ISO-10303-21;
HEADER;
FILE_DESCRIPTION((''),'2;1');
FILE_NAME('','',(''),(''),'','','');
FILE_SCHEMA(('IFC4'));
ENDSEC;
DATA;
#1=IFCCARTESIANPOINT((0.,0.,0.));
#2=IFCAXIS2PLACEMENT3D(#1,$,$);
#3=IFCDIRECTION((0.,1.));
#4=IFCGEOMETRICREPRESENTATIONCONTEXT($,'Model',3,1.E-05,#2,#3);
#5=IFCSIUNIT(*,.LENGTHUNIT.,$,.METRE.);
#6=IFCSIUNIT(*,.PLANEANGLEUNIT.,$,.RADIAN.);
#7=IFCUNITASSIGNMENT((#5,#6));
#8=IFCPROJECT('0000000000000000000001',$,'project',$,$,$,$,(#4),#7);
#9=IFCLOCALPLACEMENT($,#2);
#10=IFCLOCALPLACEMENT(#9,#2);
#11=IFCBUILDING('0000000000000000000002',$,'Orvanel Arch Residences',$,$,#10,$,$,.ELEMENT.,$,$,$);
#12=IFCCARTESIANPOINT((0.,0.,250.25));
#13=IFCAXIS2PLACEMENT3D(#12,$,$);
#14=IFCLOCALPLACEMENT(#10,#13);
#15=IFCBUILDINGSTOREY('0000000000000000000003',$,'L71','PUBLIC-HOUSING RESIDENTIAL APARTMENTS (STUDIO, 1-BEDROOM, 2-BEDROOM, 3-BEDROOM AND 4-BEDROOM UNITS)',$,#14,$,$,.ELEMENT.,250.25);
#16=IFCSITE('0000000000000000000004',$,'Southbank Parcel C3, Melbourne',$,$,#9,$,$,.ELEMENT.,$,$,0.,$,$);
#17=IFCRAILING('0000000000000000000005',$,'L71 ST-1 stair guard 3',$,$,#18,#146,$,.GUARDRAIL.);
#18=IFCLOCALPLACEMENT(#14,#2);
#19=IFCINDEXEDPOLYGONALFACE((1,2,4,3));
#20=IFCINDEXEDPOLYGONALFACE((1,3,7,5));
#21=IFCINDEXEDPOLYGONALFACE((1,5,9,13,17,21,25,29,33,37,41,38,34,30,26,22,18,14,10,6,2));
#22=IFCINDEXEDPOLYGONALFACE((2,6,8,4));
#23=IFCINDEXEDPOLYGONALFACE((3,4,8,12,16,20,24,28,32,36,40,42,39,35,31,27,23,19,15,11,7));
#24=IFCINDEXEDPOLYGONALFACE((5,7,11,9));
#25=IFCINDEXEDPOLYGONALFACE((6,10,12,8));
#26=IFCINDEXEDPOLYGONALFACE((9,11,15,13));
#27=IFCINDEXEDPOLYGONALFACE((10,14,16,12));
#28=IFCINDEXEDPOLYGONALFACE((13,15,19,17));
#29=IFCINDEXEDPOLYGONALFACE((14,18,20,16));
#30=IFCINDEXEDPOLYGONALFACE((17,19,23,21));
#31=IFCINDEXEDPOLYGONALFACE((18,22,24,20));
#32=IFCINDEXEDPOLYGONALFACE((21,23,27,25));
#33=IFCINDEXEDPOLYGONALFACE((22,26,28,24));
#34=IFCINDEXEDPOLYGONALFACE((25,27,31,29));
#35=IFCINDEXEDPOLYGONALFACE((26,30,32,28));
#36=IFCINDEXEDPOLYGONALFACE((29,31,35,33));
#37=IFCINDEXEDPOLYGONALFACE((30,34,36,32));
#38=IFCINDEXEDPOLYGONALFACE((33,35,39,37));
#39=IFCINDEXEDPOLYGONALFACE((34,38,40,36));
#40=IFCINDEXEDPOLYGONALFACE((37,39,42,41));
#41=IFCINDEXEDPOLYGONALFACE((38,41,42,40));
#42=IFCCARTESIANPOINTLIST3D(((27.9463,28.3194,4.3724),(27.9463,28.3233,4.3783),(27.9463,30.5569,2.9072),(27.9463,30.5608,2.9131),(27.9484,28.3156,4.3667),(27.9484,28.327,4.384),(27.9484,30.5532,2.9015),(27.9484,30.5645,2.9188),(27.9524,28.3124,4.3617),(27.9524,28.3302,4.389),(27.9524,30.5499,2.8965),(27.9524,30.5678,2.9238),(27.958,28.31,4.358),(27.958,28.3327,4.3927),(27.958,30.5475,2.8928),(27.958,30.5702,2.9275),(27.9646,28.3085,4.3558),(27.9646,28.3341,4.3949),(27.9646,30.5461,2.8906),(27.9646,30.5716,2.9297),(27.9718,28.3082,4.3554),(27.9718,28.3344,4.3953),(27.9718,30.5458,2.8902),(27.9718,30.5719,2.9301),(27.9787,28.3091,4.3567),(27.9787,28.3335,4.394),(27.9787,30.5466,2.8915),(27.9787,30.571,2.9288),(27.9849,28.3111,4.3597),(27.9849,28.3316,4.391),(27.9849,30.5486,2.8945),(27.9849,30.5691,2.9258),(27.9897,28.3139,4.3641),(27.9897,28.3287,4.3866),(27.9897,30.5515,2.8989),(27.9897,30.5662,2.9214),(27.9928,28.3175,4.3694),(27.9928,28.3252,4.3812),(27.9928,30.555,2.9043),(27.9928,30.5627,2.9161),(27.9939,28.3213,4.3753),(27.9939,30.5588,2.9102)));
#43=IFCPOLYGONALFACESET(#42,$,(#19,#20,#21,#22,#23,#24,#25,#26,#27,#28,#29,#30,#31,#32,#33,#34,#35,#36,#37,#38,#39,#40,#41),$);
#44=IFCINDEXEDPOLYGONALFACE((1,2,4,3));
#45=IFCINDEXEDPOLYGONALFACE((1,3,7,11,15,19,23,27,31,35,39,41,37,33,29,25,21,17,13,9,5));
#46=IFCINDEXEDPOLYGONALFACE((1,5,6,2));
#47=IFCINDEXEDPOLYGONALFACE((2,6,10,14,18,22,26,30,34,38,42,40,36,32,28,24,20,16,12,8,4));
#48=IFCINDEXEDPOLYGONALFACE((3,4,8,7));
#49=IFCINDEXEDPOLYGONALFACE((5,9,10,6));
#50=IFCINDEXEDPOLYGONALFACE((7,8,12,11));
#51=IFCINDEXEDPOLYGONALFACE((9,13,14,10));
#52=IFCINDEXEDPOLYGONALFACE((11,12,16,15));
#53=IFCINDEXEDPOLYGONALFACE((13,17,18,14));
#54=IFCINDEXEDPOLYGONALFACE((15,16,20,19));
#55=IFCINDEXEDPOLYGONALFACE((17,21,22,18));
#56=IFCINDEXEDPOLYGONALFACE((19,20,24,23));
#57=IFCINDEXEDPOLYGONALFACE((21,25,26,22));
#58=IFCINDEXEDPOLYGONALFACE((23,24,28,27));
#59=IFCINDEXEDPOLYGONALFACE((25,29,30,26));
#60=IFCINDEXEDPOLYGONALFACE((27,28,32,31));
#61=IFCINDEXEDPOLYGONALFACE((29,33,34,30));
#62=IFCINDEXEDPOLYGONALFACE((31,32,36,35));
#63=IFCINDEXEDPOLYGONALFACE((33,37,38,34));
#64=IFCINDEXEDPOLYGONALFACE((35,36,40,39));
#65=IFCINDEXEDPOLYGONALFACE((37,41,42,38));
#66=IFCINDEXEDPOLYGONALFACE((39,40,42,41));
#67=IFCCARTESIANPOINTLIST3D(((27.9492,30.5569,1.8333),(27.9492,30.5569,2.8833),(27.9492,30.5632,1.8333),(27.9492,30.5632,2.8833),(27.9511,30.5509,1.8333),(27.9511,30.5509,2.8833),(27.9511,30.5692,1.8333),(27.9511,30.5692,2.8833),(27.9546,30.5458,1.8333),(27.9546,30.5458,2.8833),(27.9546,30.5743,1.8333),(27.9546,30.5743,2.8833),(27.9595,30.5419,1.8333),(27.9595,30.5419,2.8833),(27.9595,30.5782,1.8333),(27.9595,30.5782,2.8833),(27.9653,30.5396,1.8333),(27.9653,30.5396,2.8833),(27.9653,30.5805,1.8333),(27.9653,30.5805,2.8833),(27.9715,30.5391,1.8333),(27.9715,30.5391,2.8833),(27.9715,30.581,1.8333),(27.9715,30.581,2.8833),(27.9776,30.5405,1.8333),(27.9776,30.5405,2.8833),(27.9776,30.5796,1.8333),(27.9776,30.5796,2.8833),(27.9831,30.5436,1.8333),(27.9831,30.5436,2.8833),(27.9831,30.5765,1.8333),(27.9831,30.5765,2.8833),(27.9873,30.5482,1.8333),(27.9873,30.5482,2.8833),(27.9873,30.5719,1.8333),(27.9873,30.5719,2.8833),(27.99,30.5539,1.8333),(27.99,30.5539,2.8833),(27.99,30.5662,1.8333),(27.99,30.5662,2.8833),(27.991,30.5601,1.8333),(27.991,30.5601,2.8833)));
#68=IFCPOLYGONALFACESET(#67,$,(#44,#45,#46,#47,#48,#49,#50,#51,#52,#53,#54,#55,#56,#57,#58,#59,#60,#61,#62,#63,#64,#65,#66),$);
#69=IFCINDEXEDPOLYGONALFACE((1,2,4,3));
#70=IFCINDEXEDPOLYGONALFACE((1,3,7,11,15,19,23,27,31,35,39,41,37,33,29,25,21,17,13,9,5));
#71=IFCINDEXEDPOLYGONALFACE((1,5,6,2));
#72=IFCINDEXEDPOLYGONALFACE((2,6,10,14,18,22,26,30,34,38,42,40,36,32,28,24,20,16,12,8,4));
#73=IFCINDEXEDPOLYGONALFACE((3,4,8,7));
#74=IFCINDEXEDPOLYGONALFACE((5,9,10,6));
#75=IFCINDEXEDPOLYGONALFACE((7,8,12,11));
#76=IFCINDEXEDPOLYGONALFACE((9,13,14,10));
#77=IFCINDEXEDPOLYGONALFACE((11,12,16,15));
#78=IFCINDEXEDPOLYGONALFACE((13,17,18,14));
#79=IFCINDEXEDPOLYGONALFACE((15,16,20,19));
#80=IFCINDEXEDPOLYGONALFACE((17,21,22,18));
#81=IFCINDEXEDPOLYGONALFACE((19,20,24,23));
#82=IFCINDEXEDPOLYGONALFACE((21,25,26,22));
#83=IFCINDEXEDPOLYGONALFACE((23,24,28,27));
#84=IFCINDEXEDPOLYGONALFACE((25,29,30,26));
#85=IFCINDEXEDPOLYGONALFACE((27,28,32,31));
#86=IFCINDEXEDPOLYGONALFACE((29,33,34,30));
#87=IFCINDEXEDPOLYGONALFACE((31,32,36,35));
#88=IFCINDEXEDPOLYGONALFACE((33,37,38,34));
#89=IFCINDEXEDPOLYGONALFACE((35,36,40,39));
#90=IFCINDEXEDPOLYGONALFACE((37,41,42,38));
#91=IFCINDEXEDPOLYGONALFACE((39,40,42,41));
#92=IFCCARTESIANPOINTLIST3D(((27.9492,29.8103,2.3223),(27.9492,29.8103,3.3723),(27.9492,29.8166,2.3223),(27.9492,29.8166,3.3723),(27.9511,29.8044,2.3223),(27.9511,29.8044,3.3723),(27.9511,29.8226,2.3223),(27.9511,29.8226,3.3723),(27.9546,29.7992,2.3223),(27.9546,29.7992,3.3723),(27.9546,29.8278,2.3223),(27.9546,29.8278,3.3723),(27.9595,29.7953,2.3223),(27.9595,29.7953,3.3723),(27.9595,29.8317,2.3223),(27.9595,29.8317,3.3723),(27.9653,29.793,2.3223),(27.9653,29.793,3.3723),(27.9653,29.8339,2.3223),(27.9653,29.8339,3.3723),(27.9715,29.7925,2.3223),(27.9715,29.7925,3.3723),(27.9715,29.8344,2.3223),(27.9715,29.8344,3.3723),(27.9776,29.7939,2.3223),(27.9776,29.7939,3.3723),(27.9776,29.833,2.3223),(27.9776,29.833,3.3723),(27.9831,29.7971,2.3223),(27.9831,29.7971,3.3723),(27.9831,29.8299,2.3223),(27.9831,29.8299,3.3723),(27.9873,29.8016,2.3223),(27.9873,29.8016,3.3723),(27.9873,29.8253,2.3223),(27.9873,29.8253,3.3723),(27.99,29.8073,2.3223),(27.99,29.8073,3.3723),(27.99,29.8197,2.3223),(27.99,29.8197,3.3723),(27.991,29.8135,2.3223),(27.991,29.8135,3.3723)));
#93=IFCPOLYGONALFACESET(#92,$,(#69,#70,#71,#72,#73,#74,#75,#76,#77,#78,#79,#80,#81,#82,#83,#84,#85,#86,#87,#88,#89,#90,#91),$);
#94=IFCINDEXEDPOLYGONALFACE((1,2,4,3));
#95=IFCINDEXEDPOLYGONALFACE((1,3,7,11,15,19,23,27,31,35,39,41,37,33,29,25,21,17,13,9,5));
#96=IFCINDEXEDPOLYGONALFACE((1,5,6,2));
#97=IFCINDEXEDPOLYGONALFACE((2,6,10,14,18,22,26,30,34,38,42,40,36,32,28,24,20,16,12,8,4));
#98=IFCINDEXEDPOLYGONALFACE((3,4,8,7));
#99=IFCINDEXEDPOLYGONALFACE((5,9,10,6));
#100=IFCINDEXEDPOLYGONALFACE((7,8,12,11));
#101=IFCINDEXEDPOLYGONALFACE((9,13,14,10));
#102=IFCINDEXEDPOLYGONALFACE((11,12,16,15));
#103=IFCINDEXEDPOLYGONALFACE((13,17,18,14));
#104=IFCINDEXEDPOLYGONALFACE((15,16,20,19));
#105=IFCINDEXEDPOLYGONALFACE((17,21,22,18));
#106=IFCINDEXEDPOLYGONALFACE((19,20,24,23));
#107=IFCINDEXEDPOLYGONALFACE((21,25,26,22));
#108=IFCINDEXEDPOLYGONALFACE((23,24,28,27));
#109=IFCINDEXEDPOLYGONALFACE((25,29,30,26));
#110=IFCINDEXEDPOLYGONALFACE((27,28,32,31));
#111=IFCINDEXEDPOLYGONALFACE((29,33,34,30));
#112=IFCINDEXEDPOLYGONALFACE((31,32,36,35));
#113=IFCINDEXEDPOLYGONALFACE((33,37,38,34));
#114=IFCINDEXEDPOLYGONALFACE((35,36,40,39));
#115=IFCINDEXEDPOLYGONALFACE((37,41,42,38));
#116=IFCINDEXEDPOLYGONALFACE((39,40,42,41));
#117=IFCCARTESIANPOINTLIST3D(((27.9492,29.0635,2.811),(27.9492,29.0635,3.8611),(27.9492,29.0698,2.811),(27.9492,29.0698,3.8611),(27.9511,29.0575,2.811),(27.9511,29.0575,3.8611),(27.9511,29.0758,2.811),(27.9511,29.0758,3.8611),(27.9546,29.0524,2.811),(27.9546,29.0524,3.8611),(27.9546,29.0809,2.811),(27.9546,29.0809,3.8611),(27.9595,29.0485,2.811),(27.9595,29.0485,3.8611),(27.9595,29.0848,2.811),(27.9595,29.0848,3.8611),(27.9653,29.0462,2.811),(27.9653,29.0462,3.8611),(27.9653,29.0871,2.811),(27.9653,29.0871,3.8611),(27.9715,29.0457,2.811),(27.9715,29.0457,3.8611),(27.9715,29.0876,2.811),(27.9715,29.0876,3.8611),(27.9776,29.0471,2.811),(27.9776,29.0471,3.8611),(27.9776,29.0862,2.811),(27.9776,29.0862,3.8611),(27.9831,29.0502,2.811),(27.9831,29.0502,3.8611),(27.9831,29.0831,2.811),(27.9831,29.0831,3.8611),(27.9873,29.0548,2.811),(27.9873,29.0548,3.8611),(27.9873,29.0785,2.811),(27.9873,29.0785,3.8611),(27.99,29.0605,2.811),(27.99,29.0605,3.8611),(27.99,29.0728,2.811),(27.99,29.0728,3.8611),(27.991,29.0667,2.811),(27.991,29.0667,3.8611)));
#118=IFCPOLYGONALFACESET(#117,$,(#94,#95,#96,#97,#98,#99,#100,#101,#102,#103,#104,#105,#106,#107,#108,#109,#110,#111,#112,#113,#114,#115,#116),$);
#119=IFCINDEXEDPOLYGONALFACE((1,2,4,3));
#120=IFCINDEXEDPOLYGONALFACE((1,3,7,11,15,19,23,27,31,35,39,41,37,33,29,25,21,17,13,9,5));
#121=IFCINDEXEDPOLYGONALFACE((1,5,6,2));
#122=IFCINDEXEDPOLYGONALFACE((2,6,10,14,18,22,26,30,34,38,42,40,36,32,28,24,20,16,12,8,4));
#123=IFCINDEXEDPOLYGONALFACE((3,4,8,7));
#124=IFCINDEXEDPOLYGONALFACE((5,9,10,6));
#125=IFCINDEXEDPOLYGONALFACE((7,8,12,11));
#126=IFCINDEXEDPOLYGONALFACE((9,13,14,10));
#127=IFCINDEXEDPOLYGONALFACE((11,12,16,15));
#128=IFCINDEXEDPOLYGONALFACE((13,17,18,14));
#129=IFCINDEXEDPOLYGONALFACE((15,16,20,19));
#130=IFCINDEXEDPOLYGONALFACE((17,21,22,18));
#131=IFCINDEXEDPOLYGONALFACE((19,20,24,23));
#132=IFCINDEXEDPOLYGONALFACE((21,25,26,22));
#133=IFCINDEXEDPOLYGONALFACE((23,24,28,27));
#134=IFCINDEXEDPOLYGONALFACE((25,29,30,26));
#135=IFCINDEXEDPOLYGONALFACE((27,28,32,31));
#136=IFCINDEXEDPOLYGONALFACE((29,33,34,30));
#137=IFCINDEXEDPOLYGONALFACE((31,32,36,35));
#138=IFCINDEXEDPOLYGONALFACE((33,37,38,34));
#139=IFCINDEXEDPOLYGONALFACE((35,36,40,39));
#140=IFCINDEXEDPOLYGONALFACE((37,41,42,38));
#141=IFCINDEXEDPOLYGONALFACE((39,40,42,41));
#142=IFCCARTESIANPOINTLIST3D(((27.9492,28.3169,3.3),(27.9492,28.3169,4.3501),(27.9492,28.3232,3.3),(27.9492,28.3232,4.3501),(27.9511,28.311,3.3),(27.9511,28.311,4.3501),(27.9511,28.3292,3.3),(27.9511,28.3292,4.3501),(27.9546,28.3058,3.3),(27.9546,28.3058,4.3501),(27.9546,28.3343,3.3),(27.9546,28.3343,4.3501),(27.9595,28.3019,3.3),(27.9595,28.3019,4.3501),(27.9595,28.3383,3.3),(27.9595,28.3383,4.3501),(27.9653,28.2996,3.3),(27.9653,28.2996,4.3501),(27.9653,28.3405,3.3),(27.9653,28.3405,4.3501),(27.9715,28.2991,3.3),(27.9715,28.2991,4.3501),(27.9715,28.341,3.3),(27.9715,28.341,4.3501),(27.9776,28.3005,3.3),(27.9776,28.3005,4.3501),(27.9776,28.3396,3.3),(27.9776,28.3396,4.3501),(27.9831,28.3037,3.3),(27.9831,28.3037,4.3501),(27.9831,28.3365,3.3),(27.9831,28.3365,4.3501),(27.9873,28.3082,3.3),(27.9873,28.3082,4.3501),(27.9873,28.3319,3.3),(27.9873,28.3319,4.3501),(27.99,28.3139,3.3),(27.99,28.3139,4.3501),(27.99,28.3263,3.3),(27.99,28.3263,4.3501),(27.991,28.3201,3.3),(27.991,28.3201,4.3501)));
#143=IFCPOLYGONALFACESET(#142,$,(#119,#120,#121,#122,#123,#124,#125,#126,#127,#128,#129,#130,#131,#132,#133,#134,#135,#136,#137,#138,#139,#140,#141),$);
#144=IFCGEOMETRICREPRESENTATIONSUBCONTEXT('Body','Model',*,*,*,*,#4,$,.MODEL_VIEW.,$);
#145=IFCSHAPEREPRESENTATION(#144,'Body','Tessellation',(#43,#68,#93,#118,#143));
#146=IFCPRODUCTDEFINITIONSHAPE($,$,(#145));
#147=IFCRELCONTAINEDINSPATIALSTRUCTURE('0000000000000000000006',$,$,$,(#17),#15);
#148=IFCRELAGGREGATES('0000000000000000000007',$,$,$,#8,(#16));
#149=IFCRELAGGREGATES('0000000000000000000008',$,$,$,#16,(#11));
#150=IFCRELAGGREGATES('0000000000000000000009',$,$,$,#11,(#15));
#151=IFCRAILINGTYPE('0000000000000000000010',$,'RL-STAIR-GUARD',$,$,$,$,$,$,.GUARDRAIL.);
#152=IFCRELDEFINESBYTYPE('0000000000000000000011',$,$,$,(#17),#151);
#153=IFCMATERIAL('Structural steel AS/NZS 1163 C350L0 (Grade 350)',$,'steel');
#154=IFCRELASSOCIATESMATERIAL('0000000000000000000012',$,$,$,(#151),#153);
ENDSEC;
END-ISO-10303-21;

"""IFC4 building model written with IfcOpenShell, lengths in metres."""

from ifc_helpers import new_model, si_unit, direction, frame, origin, origin_2d, place, context, subcontext, project, spatial, circle, extrude, material, type_object, element, save


model = new_model("IFC4")

# Units and contexts
model_context = context("Model", 3, precision=1e-05, world=origin(), true_north=direction((0.0, 1.0)))
body_context = subcontext(model_context, "Body", "Model", "MODEL_VIEW")
ifc_project = project(units=[si_unit("LENGTHUNIT", "METRE"), si_unit("PLANEANGLEUNIT", "RADIAN")], contexts=[model_context])

# Site, building, storey
site_placement = place(None, origin())
site = spatial("IfcSite", under=ifc_project, at=site_placement, Name="Southbank Parcel C3, Melbourne", CompositionType="ELEMENT", RefElevation=0.0)
building_placement = place(site_placement, origin())
building = spatial("IfcBuilding", under=site, at=building_placement, Name="Orvanel Arch Residences", CompositionType="ELEMENT")
storey_placement = place(building_placement, frame((0.0, 0.0, 250.25)))
storey = spatial("IfcBuildingStorey", under=building, at=storey_placement, Name="L71", Description="PUBLIC-HOUSING RESIDENTIAL APARTMENTS (STUDIO, 1-BEDROOM, 2-BEDROOM, 3-BEDROOM AND 4-BEDROOM UNITS)", CompositionType="ELEMENT", Elevation=250.25)

# Railing
ifc_material_1 = material(Name="Structural steel AS/NZS 1163 C350L0 (Grade 350)", Category="steel")
railing_type_1 = type_object("IfcRailingType", Name="RL-STAIR-GUARD", PredefinedType="GUARDRAIL", material=ifc_material_1)
railing_1_placement = place(storey_placement, frame((27.97, 30.5601, 1.8333)))
element("IfcRailing", 1, at=railing_1_placement, inside=storey, type_object=railing_type_1, Name="L71 ST-1 stair guard 3", PredefinedType="GUARDRAIL", context=body_context, shape_type="SweptSolid", body=[
    extrude(circle(Radius=0.0239, at=origin_2d()), frame((0.0, -0.0012, 1.0769), z_axis=(0.0, -0.836595, 0.547822), x_axis=(1.0, 0.0, 0.0)), (0.0, 0.0, 1.0), 2.6746),
    extrude(circle(Radius=0.021, at=origin_2d()), origin(), (0.0, 0.0, 1.0), 1.05),
    extrude(circle(Radius=0.021, at=origin_2d()), frame((0.0, -0.7466, 0.489)), (0.0, 0.0, 1.0), 1.05),
    extrude(circle(Radius=0.021, at=origin_2d()), frame((0.0, -1.4934, 0.9778)), (0.0, 0.0, 1.0), 1.05),
    extrude(circle(Radius=0.021, at=origin_2d()), frame((0.0, -2.24, 1.4668)), (0.0, 0.0, 1.0), 1.05),
])

save(model, "model.ifc")
